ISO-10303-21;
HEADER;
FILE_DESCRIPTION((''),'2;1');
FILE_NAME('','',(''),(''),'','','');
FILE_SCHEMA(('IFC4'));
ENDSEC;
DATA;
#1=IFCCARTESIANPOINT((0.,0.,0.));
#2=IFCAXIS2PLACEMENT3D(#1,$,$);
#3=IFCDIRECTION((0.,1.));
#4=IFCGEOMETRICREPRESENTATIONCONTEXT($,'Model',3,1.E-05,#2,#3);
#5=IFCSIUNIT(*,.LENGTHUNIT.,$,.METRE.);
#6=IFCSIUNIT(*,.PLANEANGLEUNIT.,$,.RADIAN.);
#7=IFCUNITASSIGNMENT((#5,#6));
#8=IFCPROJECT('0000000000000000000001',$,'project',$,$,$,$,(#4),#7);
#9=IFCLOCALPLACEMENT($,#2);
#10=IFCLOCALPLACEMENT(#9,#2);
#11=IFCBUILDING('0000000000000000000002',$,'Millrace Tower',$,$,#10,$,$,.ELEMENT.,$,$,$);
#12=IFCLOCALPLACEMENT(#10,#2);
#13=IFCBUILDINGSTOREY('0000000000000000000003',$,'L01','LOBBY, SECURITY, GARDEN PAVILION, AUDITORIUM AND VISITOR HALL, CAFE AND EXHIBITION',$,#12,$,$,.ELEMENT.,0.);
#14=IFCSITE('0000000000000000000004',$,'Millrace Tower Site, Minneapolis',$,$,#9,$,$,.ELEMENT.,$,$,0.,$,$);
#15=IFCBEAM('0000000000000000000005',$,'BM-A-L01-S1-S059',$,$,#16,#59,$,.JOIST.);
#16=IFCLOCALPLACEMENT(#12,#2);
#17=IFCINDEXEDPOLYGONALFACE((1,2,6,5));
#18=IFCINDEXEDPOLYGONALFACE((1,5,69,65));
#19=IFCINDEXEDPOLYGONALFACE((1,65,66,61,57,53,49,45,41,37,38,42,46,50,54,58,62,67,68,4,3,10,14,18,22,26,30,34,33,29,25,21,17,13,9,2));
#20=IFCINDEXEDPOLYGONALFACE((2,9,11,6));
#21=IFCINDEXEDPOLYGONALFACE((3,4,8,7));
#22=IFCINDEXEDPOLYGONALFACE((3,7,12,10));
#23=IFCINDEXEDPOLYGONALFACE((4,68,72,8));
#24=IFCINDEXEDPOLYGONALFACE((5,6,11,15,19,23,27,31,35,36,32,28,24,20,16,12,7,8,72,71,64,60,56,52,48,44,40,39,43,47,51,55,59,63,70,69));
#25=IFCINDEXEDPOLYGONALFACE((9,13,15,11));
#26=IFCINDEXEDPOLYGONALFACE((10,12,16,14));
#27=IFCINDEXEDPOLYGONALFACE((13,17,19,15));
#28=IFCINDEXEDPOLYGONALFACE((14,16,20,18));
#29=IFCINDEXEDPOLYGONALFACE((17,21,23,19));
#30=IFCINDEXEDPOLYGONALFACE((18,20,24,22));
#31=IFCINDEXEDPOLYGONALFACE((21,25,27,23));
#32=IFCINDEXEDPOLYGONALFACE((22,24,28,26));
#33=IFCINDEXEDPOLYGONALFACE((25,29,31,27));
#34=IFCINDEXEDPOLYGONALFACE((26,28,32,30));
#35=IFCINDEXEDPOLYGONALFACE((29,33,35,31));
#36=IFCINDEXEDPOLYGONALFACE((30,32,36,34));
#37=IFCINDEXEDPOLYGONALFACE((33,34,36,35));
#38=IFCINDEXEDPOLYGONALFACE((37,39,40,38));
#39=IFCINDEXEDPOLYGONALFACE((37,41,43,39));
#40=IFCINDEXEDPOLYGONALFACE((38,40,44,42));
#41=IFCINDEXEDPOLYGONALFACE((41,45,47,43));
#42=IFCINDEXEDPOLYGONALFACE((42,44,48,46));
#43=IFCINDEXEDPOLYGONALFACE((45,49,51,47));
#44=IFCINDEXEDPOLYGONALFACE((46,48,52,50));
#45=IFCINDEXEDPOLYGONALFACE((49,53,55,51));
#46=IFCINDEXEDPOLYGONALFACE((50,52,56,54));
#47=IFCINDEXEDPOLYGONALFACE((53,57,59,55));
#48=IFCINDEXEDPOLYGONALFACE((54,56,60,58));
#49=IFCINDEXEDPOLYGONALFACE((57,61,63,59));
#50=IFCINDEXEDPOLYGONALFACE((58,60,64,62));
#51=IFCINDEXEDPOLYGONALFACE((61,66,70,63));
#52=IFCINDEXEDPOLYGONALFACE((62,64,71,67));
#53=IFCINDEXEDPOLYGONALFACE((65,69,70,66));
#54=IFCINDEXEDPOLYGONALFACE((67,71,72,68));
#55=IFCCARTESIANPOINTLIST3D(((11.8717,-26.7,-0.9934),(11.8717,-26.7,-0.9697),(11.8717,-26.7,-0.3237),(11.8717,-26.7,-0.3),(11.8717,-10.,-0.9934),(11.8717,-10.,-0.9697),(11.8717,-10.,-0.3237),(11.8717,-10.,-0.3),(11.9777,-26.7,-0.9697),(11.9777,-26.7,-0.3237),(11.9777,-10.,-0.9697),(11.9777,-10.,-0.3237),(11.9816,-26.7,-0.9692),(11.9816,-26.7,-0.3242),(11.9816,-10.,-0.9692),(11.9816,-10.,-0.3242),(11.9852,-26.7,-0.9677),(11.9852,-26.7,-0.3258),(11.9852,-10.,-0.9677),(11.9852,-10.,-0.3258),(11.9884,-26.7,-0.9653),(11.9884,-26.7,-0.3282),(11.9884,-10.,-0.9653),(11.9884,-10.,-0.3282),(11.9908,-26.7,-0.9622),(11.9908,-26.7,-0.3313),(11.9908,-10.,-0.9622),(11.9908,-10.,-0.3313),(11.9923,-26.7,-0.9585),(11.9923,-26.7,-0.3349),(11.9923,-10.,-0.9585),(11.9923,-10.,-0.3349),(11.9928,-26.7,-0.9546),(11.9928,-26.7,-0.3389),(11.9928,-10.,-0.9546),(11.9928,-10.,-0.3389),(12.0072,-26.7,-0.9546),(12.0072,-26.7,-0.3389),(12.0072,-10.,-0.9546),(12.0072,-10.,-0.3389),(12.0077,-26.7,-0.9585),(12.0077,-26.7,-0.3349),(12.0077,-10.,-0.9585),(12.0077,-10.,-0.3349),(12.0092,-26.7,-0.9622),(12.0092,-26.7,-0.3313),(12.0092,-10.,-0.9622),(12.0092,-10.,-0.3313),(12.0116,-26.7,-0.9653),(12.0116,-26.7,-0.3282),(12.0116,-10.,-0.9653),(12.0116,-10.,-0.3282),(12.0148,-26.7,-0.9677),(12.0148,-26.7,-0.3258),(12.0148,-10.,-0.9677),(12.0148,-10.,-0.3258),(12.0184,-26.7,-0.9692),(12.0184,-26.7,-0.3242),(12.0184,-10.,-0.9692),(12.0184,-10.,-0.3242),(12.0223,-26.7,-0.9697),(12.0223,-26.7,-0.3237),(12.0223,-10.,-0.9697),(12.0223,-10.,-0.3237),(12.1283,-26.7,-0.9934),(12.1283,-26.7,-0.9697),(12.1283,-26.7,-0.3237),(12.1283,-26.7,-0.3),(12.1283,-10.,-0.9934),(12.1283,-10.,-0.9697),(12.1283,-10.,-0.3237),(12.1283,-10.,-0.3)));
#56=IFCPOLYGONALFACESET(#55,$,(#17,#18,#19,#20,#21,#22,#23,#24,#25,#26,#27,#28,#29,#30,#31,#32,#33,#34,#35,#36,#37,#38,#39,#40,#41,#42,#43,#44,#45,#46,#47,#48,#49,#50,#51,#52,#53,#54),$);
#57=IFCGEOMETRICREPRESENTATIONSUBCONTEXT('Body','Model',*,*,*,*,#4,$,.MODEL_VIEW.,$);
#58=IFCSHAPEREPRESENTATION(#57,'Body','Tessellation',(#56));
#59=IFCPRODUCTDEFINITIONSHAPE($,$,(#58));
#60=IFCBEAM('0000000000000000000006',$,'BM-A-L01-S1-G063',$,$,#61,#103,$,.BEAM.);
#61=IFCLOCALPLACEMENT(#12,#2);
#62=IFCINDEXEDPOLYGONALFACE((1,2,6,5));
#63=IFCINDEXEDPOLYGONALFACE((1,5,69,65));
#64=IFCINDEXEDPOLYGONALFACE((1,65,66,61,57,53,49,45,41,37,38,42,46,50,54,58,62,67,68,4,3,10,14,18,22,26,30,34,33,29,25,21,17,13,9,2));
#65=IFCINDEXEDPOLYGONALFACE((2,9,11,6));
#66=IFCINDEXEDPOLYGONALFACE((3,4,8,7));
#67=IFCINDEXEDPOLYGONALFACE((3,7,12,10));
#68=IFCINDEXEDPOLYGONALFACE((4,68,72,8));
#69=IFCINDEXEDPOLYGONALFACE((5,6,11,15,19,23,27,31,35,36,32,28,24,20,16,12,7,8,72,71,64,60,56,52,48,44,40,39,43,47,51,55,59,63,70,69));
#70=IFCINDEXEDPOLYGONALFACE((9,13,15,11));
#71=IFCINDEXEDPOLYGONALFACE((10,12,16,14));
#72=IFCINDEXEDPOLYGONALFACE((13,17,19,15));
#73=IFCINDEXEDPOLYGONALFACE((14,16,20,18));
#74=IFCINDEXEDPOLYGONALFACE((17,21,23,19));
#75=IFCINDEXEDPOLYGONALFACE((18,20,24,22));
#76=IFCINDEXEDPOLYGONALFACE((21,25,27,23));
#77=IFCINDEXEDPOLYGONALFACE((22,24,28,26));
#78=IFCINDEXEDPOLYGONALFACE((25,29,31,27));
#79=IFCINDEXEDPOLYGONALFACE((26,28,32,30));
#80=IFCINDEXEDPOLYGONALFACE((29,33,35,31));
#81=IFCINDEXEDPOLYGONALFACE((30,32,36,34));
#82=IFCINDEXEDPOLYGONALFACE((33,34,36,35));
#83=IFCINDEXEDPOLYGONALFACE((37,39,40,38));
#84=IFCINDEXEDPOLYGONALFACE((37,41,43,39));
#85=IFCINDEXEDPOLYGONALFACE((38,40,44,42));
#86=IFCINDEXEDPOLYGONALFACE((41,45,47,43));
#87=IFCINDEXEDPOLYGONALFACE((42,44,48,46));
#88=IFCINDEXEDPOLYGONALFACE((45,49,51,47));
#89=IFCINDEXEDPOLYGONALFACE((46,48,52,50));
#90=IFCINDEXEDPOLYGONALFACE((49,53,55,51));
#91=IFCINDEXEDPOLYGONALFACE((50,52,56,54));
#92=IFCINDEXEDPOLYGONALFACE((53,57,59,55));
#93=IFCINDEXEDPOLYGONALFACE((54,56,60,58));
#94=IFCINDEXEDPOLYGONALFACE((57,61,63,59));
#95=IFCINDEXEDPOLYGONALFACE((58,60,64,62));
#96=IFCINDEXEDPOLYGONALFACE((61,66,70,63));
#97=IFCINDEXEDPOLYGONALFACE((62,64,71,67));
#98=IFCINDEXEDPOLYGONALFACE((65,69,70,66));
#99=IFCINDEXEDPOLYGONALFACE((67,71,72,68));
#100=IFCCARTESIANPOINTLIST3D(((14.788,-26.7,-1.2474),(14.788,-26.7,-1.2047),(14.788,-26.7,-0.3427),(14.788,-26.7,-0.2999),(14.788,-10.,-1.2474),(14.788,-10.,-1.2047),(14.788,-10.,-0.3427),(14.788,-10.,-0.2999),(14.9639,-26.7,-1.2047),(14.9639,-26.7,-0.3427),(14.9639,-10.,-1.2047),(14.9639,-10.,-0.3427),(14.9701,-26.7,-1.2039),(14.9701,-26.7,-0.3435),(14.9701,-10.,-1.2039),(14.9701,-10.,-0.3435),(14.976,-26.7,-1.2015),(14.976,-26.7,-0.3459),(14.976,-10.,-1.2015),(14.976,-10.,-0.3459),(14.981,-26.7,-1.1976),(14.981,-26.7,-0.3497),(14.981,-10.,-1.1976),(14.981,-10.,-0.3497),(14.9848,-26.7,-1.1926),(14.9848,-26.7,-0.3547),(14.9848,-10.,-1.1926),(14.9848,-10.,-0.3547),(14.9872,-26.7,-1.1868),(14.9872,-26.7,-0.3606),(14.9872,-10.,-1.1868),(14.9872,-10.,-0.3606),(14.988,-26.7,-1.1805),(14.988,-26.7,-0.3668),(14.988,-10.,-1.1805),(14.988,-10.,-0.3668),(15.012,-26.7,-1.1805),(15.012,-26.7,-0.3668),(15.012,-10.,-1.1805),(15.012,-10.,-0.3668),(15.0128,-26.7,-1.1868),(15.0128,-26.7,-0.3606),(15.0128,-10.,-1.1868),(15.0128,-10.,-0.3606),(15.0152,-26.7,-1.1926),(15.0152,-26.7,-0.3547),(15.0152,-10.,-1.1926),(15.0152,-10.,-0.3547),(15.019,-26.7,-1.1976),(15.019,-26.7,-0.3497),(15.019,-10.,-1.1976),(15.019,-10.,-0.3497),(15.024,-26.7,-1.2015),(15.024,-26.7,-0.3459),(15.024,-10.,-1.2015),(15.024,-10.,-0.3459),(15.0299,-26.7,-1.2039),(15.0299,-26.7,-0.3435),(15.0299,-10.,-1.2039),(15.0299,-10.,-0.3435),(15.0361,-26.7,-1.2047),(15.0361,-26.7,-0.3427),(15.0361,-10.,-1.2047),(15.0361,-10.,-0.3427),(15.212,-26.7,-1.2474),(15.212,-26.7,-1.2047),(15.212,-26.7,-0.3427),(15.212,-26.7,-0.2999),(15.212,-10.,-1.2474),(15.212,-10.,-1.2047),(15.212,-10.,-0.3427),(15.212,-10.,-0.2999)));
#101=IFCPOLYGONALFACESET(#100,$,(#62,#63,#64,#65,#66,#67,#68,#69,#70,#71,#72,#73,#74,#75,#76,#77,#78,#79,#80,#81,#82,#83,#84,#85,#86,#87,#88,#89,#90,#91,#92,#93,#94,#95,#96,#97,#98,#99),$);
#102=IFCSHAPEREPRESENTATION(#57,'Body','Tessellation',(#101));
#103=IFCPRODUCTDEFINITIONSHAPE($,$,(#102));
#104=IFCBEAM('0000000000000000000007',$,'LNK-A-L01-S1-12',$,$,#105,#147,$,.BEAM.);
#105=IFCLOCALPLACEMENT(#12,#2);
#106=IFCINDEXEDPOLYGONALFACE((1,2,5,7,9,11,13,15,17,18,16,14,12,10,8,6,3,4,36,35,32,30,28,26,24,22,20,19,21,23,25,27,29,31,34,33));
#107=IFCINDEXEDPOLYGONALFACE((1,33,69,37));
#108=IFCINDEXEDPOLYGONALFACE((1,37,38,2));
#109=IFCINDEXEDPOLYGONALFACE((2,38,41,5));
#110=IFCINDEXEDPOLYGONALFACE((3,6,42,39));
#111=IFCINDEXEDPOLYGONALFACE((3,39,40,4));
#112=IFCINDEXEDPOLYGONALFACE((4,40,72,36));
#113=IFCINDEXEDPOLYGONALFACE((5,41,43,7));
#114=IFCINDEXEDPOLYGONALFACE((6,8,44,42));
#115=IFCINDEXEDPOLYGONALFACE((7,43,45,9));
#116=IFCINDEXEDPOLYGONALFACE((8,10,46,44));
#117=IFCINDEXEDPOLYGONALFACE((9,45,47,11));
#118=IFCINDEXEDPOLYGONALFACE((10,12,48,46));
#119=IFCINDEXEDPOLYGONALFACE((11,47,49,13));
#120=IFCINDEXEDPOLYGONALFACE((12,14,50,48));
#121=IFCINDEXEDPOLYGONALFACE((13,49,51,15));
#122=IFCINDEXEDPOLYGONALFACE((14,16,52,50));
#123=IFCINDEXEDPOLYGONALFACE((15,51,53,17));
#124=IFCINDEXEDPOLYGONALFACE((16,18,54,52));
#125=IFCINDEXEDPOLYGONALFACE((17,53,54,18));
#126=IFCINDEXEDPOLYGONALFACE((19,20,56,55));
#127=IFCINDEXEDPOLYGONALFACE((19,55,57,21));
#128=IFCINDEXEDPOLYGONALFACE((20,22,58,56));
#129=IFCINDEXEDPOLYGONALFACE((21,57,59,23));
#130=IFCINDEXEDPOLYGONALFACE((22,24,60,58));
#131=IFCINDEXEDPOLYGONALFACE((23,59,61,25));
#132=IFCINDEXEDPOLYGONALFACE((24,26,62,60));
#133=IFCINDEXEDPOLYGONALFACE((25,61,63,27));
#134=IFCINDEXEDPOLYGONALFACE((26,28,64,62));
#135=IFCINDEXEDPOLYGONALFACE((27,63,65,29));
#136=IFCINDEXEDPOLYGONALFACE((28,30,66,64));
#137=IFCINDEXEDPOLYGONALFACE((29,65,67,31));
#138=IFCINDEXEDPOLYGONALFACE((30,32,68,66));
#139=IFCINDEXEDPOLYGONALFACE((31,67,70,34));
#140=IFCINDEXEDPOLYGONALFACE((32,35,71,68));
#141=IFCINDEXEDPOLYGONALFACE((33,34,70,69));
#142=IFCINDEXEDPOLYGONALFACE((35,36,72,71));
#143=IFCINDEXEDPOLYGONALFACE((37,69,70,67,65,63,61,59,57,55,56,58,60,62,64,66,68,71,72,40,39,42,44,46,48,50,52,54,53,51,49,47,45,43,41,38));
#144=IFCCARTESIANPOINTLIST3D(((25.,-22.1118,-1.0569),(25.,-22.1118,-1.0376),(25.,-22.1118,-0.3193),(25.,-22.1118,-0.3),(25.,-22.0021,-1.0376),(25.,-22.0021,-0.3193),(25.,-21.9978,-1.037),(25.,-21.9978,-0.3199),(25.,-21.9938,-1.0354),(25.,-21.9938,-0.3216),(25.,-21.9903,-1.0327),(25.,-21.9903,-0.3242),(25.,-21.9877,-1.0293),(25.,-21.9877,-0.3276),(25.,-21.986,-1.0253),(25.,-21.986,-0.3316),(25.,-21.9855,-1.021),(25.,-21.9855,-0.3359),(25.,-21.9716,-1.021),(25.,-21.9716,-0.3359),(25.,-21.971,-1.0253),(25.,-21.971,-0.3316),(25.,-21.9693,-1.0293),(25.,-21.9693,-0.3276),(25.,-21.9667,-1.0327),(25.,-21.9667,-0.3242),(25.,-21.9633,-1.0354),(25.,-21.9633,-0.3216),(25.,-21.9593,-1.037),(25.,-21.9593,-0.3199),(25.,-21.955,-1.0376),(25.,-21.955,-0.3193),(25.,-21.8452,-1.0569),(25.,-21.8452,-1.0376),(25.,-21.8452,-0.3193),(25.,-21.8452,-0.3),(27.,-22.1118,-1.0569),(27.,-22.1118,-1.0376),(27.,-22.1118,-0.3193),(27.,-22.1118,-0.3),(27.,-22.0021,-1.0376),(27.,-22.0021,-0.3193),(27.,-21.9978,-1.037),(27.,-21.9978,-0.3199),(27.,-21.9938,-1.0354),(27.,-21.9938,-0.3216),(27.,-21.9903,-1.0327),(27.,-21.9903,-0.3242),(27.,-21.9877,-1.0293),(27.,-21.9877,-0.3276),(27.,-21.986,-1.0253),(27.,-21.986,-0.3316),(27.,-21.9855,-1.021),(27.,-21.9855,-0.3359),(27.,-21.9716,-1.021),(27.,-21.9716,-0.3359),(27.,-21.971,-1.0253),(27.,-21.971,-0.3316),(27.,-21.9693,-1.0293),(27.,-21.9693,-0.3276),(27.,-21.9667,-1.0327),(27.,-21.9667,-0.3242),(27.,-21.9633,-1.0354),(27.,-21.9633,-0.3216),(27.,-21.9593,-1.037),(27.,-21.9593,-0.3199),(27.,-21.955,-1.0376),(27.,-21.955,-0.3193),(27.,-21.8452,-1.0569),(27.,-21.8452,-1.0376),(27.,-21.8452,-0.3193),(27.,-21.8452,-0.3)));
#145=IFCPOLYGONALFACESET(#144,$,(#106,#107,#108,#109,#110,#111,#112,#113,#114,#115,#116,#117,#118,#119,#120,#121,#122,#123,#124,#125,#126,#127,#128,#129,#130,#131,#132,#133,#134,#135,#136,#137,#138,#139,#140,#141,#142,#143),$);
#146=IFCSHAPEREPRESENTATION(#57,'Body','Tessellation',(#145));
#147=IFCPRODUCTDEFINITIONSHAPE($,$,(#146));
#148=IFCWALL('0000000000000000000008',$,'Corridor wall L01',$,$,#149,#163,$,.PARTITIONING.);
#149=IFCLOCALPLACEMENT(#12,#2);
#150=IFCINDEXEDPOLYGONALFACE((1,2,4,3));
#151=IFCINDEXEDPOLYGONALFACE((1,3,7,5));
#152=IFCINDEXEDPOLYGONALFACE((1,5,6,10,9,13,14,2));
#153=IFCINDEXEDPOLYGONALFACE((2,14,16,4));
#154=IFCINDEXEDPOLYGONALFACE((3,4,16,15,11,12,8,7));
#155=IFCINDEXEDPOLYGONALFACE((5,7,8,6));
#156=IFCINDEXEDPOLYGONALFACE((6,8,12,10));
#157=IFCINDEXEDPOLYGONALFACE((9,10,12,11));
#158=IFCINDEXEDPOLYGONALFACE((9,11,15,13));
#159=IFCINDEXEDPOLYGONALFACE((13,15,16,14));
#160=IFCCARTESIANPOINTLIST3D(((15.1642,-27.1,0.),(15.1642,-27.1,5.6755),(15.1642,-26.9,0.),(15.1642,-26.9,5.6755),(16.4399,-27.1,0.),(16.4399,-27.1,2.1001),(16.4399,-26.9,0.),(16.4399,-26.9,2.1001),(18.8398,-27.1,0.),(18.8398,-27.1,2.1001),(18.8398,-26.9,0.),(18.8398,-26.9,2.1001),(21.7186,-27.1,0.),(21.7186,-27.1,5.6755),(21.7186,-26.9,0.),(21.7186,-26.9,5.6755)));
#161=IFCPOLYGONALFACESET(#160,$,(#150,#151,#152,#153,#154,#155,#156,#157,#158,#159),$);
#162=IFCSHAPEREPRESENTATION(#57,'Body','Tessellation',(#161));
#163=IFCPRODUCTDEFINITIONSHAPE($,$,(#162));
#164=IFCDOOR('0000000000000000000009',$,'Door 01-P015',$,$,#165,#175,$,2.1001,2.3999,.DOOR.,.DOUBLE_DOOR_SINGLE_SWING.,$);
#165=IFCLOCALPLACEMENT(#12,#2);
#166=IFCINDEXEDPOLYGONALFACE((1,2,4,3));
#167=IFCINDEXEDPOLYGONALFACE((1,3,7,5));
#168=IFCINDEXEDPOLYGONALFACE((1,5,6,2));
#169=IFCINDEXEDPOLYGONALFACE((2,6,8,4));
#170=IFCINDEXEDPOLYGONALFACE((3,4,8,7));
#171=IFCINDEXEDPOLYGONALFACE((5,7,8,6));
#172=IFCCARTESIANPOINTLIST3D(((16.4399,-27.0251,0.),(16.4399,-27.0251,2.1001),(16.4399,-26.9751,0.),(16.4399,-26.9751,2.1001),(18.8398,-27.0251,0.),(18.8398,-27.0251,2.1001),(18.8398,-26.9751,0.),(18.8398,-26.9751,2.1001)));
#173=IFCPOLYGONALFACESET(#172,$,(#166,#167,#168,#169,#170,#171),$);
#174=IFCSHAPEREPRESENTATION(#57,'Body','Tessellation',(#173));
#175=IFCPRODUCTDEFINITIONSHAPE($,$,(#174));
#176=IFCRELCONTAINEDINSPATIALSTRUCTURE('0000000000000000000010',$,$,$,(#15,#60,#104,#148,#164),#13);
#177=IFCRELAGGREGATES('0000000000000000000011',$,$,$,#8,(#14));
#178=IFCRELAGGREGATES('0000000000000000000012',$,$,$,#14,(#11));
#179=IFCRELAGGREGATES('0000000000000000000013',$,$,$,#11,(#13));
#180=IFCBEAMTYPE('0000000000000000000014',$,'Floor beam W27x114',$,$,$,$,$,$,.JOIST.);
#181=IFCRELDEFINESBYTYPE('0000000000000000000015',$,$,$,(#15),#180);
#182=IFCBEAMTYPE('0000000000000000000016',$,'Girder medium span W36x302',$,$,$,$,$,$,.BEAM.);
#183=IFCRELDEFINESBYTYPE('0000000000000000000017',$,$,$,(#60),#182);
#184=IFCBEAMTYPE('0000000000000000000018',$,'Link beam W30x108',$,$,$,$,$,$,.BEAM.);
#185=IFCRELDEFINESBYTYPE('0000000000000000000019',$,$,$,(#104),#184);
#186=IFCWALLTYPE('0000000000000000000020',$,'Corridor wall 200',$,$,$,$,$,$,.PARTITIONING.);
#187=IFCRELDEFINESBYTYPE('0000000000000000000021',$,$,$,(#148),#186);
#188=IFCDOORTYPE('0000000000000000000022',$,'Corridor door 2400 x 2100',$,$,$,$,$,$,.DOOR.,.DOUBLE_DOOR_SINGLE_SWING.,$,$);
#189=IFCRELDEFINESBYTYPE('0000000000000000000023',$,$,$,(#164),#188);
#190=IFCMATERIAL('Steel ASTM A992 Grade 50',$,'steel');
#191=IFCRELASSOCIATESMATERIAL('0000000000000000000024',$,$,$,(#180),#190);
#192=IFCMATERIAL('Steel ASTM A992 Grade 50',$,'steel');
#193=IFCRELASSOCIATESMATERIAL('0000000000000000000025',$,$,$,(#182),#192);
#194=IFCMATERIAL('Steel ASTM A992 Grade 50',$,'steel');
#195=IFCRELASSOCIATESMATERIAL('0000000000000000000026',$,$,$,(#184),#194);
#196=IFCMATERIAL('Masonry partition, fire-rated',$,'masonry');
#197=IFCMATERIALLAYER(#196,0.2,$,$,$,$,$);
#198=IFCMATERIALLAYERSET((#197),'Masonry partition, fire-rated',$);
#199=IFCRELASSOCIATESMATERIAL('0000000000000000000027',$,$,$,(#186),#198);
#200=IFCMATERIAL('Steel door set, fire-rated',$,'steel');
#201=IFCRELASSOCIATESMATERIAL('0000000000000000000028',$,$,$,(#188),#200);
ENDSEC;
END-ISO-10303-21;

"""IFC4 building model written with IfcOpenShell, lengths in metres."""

from ifc_helpers import new_model, si_unit, direction, frame, frame_2d, origin, origin_2d, place, context, subcontext, project, spatial, rectangle, i_section, extrude, material, layer, layer_set, material_profile, profile_set, type_object, element, fill, save


model = new_model("IFC4")

# Units and contexts
model_context = context("Model", 3, precision=1e-05, world=origin(), true_north=direction((0.0, 1.0)))
body_context = subcontext(model_context, "Body", "Model", "MODEL_VIEW")
ifc_project = project(units=[si_unit("LENGTHUNIT", "METRE"), si_unit("PLANEANGLEUNIT", "RADIAN")], contexts=[model_context])

# Site, building, storey
site_placement = place(None, origin())
site = spatial("IfcSite", under=ifc_project, at=site_placement, Name="Millrace Tower Site, Minneapolis", CompositionType="ELEMENT", RefElevation=0.0)
building_placement = place(site_placement, origin())
building = spatial("IfcBuilding", under=site, at=building_placement, Name="Millrace Tower", CompositionType="ELEMENT")
storey_placement = place(building_placement, origin())
storey = spatial("IfcBuildingStorey", under=building, at=storey_placement, Name="L01", Description="LOBBY, SECURITY, GARDEN PAVILION, AUDITORIUM AND VISITOR HALL, CAFE AND EXHIBITION", CompositionType="ELEMENT", Elevation=0.0)

# Beams
ifc_material_1 = material(Name="Steel ASTM A992 Grade 50", Category="steel")
ifc_material_profile_1 = material_profile(ifc_material_1, i_section(OverallWidth=0.2566, OverallDepth=0.6934, WebThickness=0.0144, FlangeThickness=0.0237, FilletRadius=0.0151, at=origin_2d()))
ifc_profile_set_1 = profile_set([ifc_material_profile_1], Name="Steel ASTM A992 Grade 50")
beam_type_1 = type_object("IfcBeamType", Name="Floor beam W27x114", PredefinedType="JOIST", material=ifc_profile_set_1)
for number, where, z_axis, x_axis, name in (
    (1, (12.0, -26.7, -0.6467), (0.0, 1.0, 0.0), (-1.0, 0.0, 0.0), "BM-A-L01-S1-S059"),
):
    element("IfcBeam", number, at=place(storey_placement, frame(where, z_axis=z_axis, x_axis=x_axis)), inside=storey, type_object=beam_type_1, Name=name, PredefinedType="JOIST", context=body_context, shape_type="SweptSolid", body=[
        extrude(i_section(OverallWidth=0.2566, OverallDepth=0.6934, WebThickness=0.0144, FlangeThickness=0.0237, FilletRadius=0.0151, at=origin_2d()), origin(), (0.0, 0.0, 1.0), 16.7),
    ])
ifc_material_2 = material(Name="Steel ASTM A992 Grade 50", Category="steel")
ifc_material_profile_2 = material_profile(ifc_material_2, i_section(OverallWidth=0.4241, OverallDepth=0.9475, WebThickness=0.0239, FlangeThickness=0.0427, FilletRadius=0.0242, at=origin_2d()))
ifc_profile_set_2 = profile_set([ifc_material_profile_2], Name="Steel ASTM A992 Grade 50")
beam_type_2 = type_object("IfcBeamType", Name="Girder medium span W36x302", PredefinedType="BEAM", material=ifc_profile_set_2)
beam_1_placement = place(storey_placement, frame((15.0, -26.7, -0.7737), z_axis=(0.0, 1.0, 0.0), x_axis=(-1.0, 0.0, 0.0)))
element("IfcBeam", 2, at=beam_1_placement, inside=storey, type_object=beam_type_2, Name="BM-A-L01-S1-G063", PredefinedType="BEAM", context=body_context, shape_type="SweptSolid", body=[
    extrude(i_section(OverallWidth=0.4241, OverallDepth=0.9475, WebThickness=0.0239, FlangeThickness=0.0427, FilletRadius=0.0242, at=origin_2d()), origin(), (0.0, 0.0, 1.0), 16.7),
])
ifc_material_3 = material(Name="Steel ASTM A992 Grade 50", Category="steel")
ifc_material_profile_3 = material_profile(ifc_material_3, i_section(OverallWidth=0.2666, OverallDepth=0.7568, WebThickness=0.0139, FlangeThickness=0.0193, FilletRadius=0.0166, at=origin_2d()))
ifc_profile_set_3 = profile_set([ifc_material_profile_3], Name="Steel ASTM A992 Grade 50")
beam_type_3 = type_object("IfcBeamType", Name="Link beam W30x108", PredefinedType="BEAM", material=ifc_profile_set_3)
beam_2_placement = place(storey_placement, frame((25.0, -21.9785, -0.6785), z_axis=(1.0, 0.0, 0.0), x_axis=(0.0, 1.0, 0.0)))
element("IfcBeam", 3, at=beam_2_placement, inside=storey, type_object=beam_type_3, Name="LNK-A-L01-S1-12", PredefinedType="BEAM", context=body_context, shape_type="SweptSolid", body=[
    extrude(i_section(OverallWidth=0.2666, OverallDepth=0.7568, WebThickness=0.0139, FlangeThickness=0.0193, FilletRadius=0.0166, at=origin_2d()), origin(), (0.0, 0.0, 1.0), 2.0),
])

# Wall, opening, door
ifc_material_4 = material(Name="Masonry partition, fire-rated", Category="masonry")
ifc_layer_1 = layer(ifc_material_4, 0.2)
ifc_layer_set_1 = layer_set([ifc_layer_1], Name="Masonry partition, fire-rated")
wall_type_1 = type_object("IfcWallType", Name="Corridor wall 200", PredefinedType="PARTITIONING", material=ifc_layer_set_1)
wall_1_placement = place(storey_placement, frame((15.1641, -27.0, 0.0), z_axis=(0.0, 0.0, 1.0), x_axis=(1.0, 0.0, 0.0)))
wall_1 = element("IfcWall", 4, at=wall_1_placement, inside=storey, type_object=wall_type_1, Name="Corridor wall L01", PredefinedType="PARTITIONING", context=body_context, shape_type="SweptSolid", body=[
    extrude(rectangle(XDim=6.5544, YDim=0.2, at=frame_2d((3.2773, 0.0))), origin(), (0.0, 0.0, 1.0), 5.6755),
])
opening_1_placement = place(wall_1_placement, frame((1.2759, 0.0, 0.0)))
opening_1 = element("IfcOpeningElement", 5, at=opening_1_placement, cuts=wall_1, PredefinedType="OPENING", context=body_context, shape_type="SweptSolid", body=[
    extrude(rectangle(XDim=2.3999, YDim=2.1001, at=frame_2d((1.2, 1.05))), frame((0.0, 0.1099, 0.0), z_axis=(0.0, -1.0, 0.0), x_axis=(1.0, 0.0, 0.0)), (0.0, 0.0, 1.0), 0.22),
])
ifc_material_5 = material(Name="Steel door set, fire-rated", Category="steel")
door_type_1 = type_object("IfcDoorType", Name="Corridor door 2400 x 2100", OperationType="DOUBLE_DOOR_SINGLE_SWING", PredefinedType="DOOR", material=ifc_material_5)
door_1_placement = place(opening_1_placement, origin())
door_1 = element("IfcDoor", 6, at=door_1_placement, inside=storey, type_object=door_type_1, Name="Door 01-P015", OperationType="DOUBLE_DOOR_SINGLE_SWING", OverallHeight=2.1001, OverallWidth=2.3999, PredefinedType="DOOR", context=body_context, shape_type="SweptSolid", body=[
    extrude(rectangle(XDim=2.3999, YDim=2.1001, at=frame_2d((1.2, 1.05))), frame((0.0, 0.0249, 0.0), z_axis=(0.0, -1.0, 0.0), x_axis=(1.0, 0.0, 0.0)), (0.0, 0.0, 1.0), 0.05),
])
fill(opening_1, door_1)

save(model, "model.ifc")
